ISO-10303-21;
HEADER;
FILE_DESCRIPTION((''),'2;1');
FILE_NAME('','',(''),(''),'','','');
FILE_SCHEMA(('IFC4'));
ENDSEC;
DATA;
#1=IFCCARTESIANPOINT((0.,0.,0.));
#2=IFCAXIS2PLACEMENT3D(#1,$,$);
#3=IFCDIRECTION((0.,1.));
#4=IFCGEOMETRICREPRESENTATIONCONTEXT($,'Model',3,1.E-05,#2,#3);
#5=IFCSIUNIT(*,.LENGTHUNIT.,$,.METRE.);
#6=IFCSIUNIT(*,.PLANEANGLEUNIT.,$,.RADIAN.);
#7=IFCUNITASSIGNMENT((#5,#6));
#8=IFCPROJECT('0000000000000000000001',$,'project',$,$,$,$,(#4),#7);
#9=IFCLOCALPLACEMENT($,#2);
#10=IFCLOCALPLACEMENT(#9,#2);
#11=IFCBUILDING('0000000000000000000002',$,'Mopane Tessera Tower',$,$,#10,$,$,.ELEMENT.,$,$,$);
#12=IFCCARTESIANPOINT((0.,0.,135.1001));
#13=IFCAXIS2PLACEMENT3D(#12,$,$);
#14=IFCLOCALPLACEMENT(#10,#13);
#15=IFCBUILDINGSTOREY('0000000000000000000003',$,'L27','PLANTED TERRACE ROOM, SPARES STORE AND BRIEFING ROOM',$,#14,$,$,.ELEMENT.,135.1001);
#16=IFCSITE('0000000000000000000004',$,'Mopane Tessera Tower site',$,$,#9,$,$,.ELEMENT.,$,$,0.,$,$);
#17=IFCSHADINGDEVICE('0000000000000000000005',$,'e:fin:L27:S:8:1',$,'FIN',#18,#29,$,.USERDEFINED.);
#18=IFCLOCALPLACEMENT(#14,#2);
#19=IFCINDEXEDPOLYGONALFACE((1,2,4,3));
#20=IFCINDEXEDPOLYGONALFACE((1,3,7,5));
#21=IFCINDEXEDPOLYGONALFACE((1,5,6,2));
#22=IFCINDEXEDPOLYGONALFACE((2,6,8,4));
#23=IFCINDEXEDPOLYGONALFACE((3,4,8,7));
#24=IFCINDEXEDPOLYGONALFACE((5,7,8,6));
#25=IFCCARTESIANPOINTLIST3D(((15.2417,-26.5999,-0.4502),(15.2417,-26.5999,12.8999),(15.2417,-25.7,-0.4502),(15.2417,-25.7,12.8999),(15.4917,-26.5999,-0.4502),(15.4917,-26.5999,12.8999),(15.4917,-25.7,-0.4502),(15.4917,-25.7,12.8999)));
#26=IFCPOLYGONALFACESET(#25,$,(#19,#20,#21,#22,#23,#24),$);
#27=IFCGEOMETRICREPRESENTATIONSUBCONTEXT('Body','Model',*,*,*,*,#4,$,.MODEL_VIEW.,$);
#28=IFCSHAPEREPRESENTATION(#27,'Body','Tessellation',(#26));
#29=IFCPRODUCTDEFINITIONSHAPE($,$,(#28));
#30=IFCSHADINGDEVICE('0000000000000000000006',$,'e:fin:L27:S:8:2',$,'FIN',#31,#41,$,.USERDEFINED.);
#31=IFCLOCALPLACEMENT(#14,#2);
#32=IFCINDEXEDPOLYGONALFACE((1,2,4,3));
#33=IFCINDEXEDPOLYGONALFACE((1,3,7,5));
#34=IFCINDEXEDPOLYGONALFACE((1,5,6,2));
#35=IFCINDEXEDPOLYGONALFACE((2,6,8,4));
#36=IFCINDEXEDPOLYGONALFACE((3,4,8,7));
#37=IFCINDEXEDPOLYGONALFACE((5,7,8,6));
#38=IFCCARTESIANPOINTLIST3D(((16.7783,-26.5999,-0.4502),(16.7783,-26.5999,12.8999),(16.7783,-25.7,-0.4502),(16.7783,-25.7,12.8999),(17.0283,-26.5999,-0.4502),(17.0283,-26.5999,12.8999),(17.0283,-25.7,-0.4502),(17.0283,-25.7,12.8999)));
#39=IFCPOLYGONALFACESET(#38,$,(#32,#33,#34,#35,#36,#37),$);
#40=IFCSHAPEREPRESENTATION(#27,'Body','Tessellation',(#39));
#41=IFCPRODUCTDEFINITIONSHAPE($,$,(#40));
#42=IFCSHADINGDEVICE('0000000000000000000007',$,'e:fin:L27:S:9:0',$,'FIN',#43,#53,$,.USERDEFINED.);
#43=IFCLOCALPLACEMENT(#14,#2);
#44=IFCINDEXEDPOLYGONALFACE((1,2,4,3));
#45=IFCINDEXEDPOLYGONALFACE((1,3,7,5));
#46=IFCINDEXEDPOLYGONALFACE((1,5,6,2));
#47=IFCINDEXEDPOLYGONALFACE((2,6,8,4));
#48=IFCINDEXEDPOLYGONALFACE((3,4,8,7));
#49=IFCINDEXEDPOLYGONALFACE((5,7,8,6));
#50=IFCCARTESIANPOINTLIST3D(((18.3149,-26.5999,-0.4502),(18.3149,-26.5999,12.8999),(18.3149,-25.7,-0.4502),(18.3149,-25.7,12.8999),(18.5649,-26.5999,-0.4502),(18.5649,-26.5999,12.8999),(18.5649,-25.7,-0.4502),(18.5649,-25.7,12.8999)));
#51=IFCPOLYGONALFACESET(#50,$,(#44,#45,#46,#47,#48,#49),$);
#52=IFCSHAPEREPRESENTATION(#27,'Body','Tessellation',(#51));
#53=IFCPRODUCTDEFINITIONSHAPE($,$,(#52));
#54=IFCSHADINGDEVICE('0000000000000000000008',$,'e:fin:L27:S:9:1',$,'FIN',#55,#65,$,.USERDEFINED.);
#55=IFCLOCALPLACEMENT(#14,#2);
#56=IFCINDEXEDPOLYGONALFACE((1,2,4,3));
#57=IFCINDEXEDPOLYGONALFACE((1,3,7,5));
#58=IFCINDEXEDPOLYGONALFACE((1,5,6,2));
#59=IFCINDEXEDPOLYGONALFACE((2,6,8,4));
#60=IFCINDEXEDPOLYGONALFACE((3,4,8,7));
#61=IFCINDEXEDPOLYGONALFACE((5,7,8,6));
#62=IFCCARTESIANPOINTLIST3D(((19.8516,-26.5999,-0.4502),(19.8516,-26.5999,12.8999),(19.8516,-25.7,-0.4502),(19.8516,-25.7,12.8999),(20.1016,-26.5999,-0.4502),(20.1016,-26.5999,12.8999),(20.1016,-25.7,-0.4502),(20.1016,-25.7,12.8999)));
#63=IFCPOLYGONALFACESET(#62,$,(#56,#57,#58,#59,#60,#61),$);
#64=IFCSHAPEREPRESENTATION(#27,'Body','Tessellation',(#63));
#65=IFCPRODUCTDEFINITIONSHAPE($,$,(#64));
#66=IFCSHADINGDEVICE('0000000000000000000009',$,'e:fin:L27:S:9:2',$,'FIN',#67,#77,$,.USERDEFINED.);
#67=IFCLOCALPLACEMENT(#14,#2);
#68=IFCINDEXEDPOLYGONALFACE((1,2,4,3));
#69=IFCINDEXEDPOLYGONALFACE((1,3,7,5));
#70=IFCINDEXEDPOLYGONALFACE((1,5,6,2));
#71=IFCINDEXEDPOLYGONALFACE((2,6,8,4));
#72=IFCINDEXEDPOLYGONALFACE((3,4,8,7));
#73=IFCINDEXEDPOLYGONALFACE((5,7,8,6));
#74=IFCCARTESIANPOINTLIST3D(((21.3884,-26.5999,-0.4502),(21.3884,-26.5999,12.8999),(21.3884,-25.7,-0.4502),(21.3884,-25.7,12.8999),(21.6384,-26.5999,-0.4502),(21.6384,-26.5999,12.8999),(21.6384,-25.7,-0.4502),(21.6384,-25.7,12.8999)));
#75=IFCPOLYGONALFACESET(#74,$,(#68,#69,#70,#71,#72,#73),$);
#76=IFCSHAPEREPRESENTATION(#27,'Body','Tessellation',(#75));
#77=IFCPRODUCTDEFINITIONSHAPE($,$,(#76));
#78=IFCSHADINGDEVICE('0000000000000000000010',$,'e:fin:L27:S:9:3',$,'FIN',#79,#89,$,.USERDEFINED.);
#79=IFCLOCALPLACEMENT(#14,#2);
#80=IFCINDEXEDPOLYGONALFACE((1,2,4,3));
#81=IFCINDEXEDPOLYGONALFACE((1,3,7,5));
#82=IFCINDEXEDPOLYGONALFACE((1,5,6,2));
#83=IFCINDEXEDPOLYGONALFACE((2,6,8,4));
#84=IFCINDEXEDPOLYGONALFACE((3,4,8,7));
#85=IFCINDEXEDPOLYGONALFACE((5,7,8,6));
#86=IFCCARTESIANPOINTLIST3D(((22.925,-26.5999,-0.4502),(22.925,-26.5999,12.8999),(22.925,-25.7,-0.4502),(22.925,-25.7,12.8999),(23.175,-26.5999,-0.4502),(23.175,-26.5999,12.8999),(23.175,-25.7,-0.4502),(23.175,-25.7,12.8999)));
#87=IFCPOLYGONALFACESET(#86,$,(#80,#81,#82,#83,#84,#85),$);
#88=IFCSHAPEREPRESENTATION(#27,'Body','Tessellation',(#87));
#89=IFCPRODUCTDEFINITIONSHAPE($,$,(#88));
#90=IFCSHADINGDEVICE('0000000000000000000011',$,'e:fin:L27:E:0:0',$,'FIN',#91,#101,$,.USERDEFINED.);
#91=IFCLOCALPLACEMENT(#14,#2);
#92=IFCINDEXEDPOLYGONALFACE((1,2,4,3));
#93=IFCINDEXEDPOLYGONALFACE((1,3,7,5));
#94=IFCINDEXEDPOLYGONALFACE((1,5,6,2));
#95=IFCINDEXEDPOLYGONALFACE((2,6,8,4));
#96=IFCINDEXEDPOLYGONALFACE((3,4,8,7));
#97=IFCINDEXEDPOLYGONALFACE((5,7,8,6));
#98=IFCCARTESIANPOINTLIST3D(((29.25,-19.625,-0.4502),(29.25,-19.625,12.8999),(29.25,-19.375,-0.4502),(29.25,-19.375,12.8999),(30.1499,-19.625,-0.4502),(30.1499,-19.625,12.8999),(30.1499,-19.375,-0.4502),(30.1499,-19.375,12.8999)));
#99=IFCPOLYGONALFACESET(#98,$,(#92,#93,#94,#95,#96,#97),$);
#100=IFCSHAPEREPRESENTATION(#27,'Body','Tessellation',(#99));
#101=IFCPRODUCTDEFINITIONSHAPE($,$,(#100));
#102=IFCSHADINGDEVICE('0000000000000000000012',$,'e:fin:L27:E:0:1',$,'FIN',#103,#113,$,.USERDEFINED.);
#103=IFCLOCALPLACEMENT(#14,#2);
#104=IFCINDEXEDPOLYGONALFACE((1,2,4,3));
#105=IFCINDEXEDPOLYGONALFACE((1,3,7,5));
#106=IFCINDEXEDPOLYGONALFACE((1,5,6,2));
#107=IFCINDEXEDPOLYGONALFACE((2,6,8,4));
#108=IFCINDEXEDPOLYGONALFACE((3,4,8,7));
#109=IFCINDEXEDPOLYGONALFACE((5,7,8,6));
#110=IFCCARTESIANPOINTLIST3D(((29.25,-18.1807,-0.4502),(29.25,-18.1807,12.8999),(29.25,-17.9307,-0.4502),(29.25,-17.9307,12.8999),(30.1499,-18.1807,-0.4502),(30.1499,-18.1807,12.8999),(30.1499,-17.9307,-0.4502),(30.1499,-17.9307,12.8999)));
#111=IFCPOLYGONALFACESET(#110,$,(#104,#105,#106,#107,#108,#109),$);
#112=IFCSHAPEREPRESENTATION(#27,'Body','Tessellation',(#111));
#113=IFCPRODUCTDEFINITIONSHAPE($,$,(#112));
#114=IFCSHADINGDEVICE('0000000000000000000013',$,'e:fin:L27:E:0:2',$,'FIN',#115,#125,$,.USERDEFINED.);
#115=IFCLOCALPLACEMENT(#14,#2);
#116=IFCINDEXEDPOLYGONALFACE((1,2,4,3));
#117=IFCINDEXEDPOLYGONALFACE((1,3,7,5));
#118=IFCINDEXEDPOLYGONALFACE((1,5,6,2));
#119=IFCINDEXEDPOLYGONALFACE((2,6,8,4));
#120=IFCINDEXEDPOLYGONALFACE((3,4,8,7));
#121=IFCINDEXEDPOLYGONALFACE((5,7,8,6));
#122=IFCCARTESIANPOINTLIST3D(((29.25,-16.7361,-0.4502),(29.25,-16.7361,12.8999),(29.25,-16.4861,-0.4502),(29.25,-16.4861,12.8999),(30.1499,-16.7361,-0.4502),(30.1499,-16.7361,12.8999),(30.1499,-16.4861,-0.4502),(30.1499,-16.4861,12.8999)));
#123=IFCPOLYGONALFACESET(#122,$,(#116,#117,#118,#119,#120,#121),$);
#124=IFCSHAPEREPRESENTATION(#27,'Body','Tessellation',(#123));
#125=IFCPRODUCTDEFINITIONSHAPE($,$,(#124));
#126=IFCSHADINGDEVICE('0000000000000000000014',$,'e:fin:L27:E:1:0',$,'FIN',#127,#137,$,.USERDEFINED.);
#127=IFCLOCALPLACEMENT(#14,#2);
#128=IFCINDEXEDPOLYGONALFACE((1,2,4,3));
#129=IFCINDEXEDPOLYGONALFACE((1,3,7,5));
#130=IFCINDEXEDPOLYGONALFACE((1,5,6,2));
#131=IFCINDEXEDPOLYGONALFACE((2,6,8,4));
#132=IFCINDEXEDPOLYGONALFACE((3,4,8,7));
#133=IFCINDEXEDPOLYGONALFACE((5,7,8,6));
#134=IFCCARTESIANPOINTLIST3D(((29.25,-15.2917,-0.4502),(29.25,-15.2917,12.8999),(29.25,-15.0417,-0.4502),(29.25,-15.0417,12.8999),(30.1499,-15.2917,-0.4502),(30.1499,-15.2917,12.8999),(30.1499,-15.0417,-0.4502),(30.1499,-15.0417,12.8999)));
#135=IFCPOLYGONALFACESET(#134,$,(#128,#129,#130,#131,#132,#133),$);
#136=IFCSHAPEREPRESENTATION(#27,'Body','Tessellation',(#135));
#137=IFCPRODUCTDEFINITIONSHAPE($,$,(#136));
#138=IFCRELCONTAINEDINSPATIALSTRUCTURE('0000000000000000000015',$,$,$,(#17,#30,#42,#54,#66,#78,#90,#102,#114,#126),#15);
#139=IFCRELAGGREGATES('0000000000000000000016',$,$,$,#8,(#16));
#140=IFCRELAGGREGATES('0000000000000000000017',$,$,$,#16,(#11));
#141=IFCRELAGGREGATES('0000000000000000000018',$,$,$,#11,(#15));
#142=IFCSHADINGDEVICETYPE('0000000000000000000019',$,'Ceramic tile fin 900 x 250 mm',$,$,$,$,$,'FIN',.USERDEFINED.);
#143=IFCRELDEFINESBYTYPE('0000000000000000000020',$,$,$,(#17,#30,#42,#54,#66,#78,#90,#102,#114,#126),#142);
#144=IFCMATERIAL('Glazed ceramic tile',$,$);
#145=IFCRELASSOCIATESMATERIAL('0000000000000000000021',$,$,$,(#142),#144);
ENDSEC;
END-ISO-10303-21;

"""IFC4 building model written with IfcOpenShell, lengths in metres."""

from ifc_helpers import new_model, si_unit, direction, frame, origin, origin_2d, place, context, subcontext, project, spatial, rectangle, extrude, material, type_object, element, save


model = new_model("IFC4")

# Units and contexts
model_context = context("Model", 3, precision=1e-05, world=origin(), true_north=direction((0.0, 1.0)))
body_context = subcontext(model_context, "Body", "Model", "MODEL_VIEW")
ifc_project = project(units=[si_unit("LENGTHUNIT", "METRE"), si_unit("PLANEANGLEUNIT", "RADIAN")], contexts=[model_context])

# Site, building, storey
site_placement = place(None, origin())
site = spatial("IfcSite", under=ifc_project, at=site_placement, Name="Mopane Tessera Tower site", CompositionType="ELEMENT", RefElevation=0.0)
building_placement = place(site_placement, origin())
building = spatial("IfcBuilding", under=site, at=building_placement, Name="Mopane Tessera Tower", CompositionType="ELEMENT")
storey_placement = place(building_placement, frame((0.0, 0.0, 135.1001)))
storey = spatial("IfcBuildingStorey", under=building, at=storey_placement, Name="L27", Description="PLANTED TERRACE ROOM, SPARES STORE AND BRIEFING ROOM", CompositionType="ELEMENT", Elevation=135.1001)

# Shading devices
ifc_material_1 = material(Name="Glazed ceramic tile")
shading_device_type = type_object("IfcShadingDeviceType", Name="Ceramic tile fin 900 x 250 mm", ElementType="FIN", PredefinedType="USERDEFINED", material=ifc_material_1)
for number, where, z_axis, x_axis, name in (
    (1, (15.3667, -26.1499, -0.4502), (0.0, 0.0, 1.0), (1.0, 0.0, 0.0), "e:fin:L27:S:8:1"),
    (2, (16.9033, -26.1499, -0.4502), (0.0, 0.0, 1.0), (1.0, 0.0, 0.0), "e:fin:L27:S:8:2"),
    (3, (18.4399, -26.1499, -0.4502), (0.0, 0.0, 1.0), (1.0, 0.0, 0.0), "e:fin:L27:S:9:0"),
    (4, (19.9766, -26.1499, -0.4502), (0.0, 0.0, 1.0), (1.0, 0.0, 0.0), "e:fin:L27:S:9:1"),
    (5, (21.5134, -26.1499, -0.4502), (0.0, 0.0, 1.0), (1.0, 0.0, 0.0), "e:fin:L27:S:9:2"),
    (6, (23.05, -26.1499, -0.4502), (0.0, 0.0, 1.0), (1.0, 0.0, 0.0), "e:fin:L27:S:9:3"),
    (7, (29.7, -19.5, -0.4502), (0.0, 0.0, 1.0), (0.0, 1.0, 0.0), "e:fin:L27:E:0:0"),
    (8, (29.7, -18.0557, -0.4502), (0.0, 0.0, 1.0), (0.0, 1.0, 0.0), "e:fin:L27:E:0:1"),
    (9, (29.7, -16.6111, -0.4502), (0.0, 0.0, 1.0), (0.0, 1.0, 0.0), "e:fin:L27:E:0:2"),
    (10, (29.7, -15.1667, -0.4502), (0.0, 0.0, 1.0), (0.0, 1.0, 0.0), "e:fin:L27:E:1:0"),
):
    element("IfcShadingDevice", number, at=place(storey_placement, frame(where, z_axis=z_axis, x_axis=x_axis)), inside=storey, type_object=shading_device_type, Name=name, ObjectType="FIN", PredefinedType="USERDEFINED", context=body_context, shape_type="SweptSolid", body=[
        extrude(rectangle(XDim=0.25, YDim=0.8999, at=origin_2d()), origin(), (0.0, 0.0, 1.0), 13.3501),
    ])

save(model, "model.ifc")
